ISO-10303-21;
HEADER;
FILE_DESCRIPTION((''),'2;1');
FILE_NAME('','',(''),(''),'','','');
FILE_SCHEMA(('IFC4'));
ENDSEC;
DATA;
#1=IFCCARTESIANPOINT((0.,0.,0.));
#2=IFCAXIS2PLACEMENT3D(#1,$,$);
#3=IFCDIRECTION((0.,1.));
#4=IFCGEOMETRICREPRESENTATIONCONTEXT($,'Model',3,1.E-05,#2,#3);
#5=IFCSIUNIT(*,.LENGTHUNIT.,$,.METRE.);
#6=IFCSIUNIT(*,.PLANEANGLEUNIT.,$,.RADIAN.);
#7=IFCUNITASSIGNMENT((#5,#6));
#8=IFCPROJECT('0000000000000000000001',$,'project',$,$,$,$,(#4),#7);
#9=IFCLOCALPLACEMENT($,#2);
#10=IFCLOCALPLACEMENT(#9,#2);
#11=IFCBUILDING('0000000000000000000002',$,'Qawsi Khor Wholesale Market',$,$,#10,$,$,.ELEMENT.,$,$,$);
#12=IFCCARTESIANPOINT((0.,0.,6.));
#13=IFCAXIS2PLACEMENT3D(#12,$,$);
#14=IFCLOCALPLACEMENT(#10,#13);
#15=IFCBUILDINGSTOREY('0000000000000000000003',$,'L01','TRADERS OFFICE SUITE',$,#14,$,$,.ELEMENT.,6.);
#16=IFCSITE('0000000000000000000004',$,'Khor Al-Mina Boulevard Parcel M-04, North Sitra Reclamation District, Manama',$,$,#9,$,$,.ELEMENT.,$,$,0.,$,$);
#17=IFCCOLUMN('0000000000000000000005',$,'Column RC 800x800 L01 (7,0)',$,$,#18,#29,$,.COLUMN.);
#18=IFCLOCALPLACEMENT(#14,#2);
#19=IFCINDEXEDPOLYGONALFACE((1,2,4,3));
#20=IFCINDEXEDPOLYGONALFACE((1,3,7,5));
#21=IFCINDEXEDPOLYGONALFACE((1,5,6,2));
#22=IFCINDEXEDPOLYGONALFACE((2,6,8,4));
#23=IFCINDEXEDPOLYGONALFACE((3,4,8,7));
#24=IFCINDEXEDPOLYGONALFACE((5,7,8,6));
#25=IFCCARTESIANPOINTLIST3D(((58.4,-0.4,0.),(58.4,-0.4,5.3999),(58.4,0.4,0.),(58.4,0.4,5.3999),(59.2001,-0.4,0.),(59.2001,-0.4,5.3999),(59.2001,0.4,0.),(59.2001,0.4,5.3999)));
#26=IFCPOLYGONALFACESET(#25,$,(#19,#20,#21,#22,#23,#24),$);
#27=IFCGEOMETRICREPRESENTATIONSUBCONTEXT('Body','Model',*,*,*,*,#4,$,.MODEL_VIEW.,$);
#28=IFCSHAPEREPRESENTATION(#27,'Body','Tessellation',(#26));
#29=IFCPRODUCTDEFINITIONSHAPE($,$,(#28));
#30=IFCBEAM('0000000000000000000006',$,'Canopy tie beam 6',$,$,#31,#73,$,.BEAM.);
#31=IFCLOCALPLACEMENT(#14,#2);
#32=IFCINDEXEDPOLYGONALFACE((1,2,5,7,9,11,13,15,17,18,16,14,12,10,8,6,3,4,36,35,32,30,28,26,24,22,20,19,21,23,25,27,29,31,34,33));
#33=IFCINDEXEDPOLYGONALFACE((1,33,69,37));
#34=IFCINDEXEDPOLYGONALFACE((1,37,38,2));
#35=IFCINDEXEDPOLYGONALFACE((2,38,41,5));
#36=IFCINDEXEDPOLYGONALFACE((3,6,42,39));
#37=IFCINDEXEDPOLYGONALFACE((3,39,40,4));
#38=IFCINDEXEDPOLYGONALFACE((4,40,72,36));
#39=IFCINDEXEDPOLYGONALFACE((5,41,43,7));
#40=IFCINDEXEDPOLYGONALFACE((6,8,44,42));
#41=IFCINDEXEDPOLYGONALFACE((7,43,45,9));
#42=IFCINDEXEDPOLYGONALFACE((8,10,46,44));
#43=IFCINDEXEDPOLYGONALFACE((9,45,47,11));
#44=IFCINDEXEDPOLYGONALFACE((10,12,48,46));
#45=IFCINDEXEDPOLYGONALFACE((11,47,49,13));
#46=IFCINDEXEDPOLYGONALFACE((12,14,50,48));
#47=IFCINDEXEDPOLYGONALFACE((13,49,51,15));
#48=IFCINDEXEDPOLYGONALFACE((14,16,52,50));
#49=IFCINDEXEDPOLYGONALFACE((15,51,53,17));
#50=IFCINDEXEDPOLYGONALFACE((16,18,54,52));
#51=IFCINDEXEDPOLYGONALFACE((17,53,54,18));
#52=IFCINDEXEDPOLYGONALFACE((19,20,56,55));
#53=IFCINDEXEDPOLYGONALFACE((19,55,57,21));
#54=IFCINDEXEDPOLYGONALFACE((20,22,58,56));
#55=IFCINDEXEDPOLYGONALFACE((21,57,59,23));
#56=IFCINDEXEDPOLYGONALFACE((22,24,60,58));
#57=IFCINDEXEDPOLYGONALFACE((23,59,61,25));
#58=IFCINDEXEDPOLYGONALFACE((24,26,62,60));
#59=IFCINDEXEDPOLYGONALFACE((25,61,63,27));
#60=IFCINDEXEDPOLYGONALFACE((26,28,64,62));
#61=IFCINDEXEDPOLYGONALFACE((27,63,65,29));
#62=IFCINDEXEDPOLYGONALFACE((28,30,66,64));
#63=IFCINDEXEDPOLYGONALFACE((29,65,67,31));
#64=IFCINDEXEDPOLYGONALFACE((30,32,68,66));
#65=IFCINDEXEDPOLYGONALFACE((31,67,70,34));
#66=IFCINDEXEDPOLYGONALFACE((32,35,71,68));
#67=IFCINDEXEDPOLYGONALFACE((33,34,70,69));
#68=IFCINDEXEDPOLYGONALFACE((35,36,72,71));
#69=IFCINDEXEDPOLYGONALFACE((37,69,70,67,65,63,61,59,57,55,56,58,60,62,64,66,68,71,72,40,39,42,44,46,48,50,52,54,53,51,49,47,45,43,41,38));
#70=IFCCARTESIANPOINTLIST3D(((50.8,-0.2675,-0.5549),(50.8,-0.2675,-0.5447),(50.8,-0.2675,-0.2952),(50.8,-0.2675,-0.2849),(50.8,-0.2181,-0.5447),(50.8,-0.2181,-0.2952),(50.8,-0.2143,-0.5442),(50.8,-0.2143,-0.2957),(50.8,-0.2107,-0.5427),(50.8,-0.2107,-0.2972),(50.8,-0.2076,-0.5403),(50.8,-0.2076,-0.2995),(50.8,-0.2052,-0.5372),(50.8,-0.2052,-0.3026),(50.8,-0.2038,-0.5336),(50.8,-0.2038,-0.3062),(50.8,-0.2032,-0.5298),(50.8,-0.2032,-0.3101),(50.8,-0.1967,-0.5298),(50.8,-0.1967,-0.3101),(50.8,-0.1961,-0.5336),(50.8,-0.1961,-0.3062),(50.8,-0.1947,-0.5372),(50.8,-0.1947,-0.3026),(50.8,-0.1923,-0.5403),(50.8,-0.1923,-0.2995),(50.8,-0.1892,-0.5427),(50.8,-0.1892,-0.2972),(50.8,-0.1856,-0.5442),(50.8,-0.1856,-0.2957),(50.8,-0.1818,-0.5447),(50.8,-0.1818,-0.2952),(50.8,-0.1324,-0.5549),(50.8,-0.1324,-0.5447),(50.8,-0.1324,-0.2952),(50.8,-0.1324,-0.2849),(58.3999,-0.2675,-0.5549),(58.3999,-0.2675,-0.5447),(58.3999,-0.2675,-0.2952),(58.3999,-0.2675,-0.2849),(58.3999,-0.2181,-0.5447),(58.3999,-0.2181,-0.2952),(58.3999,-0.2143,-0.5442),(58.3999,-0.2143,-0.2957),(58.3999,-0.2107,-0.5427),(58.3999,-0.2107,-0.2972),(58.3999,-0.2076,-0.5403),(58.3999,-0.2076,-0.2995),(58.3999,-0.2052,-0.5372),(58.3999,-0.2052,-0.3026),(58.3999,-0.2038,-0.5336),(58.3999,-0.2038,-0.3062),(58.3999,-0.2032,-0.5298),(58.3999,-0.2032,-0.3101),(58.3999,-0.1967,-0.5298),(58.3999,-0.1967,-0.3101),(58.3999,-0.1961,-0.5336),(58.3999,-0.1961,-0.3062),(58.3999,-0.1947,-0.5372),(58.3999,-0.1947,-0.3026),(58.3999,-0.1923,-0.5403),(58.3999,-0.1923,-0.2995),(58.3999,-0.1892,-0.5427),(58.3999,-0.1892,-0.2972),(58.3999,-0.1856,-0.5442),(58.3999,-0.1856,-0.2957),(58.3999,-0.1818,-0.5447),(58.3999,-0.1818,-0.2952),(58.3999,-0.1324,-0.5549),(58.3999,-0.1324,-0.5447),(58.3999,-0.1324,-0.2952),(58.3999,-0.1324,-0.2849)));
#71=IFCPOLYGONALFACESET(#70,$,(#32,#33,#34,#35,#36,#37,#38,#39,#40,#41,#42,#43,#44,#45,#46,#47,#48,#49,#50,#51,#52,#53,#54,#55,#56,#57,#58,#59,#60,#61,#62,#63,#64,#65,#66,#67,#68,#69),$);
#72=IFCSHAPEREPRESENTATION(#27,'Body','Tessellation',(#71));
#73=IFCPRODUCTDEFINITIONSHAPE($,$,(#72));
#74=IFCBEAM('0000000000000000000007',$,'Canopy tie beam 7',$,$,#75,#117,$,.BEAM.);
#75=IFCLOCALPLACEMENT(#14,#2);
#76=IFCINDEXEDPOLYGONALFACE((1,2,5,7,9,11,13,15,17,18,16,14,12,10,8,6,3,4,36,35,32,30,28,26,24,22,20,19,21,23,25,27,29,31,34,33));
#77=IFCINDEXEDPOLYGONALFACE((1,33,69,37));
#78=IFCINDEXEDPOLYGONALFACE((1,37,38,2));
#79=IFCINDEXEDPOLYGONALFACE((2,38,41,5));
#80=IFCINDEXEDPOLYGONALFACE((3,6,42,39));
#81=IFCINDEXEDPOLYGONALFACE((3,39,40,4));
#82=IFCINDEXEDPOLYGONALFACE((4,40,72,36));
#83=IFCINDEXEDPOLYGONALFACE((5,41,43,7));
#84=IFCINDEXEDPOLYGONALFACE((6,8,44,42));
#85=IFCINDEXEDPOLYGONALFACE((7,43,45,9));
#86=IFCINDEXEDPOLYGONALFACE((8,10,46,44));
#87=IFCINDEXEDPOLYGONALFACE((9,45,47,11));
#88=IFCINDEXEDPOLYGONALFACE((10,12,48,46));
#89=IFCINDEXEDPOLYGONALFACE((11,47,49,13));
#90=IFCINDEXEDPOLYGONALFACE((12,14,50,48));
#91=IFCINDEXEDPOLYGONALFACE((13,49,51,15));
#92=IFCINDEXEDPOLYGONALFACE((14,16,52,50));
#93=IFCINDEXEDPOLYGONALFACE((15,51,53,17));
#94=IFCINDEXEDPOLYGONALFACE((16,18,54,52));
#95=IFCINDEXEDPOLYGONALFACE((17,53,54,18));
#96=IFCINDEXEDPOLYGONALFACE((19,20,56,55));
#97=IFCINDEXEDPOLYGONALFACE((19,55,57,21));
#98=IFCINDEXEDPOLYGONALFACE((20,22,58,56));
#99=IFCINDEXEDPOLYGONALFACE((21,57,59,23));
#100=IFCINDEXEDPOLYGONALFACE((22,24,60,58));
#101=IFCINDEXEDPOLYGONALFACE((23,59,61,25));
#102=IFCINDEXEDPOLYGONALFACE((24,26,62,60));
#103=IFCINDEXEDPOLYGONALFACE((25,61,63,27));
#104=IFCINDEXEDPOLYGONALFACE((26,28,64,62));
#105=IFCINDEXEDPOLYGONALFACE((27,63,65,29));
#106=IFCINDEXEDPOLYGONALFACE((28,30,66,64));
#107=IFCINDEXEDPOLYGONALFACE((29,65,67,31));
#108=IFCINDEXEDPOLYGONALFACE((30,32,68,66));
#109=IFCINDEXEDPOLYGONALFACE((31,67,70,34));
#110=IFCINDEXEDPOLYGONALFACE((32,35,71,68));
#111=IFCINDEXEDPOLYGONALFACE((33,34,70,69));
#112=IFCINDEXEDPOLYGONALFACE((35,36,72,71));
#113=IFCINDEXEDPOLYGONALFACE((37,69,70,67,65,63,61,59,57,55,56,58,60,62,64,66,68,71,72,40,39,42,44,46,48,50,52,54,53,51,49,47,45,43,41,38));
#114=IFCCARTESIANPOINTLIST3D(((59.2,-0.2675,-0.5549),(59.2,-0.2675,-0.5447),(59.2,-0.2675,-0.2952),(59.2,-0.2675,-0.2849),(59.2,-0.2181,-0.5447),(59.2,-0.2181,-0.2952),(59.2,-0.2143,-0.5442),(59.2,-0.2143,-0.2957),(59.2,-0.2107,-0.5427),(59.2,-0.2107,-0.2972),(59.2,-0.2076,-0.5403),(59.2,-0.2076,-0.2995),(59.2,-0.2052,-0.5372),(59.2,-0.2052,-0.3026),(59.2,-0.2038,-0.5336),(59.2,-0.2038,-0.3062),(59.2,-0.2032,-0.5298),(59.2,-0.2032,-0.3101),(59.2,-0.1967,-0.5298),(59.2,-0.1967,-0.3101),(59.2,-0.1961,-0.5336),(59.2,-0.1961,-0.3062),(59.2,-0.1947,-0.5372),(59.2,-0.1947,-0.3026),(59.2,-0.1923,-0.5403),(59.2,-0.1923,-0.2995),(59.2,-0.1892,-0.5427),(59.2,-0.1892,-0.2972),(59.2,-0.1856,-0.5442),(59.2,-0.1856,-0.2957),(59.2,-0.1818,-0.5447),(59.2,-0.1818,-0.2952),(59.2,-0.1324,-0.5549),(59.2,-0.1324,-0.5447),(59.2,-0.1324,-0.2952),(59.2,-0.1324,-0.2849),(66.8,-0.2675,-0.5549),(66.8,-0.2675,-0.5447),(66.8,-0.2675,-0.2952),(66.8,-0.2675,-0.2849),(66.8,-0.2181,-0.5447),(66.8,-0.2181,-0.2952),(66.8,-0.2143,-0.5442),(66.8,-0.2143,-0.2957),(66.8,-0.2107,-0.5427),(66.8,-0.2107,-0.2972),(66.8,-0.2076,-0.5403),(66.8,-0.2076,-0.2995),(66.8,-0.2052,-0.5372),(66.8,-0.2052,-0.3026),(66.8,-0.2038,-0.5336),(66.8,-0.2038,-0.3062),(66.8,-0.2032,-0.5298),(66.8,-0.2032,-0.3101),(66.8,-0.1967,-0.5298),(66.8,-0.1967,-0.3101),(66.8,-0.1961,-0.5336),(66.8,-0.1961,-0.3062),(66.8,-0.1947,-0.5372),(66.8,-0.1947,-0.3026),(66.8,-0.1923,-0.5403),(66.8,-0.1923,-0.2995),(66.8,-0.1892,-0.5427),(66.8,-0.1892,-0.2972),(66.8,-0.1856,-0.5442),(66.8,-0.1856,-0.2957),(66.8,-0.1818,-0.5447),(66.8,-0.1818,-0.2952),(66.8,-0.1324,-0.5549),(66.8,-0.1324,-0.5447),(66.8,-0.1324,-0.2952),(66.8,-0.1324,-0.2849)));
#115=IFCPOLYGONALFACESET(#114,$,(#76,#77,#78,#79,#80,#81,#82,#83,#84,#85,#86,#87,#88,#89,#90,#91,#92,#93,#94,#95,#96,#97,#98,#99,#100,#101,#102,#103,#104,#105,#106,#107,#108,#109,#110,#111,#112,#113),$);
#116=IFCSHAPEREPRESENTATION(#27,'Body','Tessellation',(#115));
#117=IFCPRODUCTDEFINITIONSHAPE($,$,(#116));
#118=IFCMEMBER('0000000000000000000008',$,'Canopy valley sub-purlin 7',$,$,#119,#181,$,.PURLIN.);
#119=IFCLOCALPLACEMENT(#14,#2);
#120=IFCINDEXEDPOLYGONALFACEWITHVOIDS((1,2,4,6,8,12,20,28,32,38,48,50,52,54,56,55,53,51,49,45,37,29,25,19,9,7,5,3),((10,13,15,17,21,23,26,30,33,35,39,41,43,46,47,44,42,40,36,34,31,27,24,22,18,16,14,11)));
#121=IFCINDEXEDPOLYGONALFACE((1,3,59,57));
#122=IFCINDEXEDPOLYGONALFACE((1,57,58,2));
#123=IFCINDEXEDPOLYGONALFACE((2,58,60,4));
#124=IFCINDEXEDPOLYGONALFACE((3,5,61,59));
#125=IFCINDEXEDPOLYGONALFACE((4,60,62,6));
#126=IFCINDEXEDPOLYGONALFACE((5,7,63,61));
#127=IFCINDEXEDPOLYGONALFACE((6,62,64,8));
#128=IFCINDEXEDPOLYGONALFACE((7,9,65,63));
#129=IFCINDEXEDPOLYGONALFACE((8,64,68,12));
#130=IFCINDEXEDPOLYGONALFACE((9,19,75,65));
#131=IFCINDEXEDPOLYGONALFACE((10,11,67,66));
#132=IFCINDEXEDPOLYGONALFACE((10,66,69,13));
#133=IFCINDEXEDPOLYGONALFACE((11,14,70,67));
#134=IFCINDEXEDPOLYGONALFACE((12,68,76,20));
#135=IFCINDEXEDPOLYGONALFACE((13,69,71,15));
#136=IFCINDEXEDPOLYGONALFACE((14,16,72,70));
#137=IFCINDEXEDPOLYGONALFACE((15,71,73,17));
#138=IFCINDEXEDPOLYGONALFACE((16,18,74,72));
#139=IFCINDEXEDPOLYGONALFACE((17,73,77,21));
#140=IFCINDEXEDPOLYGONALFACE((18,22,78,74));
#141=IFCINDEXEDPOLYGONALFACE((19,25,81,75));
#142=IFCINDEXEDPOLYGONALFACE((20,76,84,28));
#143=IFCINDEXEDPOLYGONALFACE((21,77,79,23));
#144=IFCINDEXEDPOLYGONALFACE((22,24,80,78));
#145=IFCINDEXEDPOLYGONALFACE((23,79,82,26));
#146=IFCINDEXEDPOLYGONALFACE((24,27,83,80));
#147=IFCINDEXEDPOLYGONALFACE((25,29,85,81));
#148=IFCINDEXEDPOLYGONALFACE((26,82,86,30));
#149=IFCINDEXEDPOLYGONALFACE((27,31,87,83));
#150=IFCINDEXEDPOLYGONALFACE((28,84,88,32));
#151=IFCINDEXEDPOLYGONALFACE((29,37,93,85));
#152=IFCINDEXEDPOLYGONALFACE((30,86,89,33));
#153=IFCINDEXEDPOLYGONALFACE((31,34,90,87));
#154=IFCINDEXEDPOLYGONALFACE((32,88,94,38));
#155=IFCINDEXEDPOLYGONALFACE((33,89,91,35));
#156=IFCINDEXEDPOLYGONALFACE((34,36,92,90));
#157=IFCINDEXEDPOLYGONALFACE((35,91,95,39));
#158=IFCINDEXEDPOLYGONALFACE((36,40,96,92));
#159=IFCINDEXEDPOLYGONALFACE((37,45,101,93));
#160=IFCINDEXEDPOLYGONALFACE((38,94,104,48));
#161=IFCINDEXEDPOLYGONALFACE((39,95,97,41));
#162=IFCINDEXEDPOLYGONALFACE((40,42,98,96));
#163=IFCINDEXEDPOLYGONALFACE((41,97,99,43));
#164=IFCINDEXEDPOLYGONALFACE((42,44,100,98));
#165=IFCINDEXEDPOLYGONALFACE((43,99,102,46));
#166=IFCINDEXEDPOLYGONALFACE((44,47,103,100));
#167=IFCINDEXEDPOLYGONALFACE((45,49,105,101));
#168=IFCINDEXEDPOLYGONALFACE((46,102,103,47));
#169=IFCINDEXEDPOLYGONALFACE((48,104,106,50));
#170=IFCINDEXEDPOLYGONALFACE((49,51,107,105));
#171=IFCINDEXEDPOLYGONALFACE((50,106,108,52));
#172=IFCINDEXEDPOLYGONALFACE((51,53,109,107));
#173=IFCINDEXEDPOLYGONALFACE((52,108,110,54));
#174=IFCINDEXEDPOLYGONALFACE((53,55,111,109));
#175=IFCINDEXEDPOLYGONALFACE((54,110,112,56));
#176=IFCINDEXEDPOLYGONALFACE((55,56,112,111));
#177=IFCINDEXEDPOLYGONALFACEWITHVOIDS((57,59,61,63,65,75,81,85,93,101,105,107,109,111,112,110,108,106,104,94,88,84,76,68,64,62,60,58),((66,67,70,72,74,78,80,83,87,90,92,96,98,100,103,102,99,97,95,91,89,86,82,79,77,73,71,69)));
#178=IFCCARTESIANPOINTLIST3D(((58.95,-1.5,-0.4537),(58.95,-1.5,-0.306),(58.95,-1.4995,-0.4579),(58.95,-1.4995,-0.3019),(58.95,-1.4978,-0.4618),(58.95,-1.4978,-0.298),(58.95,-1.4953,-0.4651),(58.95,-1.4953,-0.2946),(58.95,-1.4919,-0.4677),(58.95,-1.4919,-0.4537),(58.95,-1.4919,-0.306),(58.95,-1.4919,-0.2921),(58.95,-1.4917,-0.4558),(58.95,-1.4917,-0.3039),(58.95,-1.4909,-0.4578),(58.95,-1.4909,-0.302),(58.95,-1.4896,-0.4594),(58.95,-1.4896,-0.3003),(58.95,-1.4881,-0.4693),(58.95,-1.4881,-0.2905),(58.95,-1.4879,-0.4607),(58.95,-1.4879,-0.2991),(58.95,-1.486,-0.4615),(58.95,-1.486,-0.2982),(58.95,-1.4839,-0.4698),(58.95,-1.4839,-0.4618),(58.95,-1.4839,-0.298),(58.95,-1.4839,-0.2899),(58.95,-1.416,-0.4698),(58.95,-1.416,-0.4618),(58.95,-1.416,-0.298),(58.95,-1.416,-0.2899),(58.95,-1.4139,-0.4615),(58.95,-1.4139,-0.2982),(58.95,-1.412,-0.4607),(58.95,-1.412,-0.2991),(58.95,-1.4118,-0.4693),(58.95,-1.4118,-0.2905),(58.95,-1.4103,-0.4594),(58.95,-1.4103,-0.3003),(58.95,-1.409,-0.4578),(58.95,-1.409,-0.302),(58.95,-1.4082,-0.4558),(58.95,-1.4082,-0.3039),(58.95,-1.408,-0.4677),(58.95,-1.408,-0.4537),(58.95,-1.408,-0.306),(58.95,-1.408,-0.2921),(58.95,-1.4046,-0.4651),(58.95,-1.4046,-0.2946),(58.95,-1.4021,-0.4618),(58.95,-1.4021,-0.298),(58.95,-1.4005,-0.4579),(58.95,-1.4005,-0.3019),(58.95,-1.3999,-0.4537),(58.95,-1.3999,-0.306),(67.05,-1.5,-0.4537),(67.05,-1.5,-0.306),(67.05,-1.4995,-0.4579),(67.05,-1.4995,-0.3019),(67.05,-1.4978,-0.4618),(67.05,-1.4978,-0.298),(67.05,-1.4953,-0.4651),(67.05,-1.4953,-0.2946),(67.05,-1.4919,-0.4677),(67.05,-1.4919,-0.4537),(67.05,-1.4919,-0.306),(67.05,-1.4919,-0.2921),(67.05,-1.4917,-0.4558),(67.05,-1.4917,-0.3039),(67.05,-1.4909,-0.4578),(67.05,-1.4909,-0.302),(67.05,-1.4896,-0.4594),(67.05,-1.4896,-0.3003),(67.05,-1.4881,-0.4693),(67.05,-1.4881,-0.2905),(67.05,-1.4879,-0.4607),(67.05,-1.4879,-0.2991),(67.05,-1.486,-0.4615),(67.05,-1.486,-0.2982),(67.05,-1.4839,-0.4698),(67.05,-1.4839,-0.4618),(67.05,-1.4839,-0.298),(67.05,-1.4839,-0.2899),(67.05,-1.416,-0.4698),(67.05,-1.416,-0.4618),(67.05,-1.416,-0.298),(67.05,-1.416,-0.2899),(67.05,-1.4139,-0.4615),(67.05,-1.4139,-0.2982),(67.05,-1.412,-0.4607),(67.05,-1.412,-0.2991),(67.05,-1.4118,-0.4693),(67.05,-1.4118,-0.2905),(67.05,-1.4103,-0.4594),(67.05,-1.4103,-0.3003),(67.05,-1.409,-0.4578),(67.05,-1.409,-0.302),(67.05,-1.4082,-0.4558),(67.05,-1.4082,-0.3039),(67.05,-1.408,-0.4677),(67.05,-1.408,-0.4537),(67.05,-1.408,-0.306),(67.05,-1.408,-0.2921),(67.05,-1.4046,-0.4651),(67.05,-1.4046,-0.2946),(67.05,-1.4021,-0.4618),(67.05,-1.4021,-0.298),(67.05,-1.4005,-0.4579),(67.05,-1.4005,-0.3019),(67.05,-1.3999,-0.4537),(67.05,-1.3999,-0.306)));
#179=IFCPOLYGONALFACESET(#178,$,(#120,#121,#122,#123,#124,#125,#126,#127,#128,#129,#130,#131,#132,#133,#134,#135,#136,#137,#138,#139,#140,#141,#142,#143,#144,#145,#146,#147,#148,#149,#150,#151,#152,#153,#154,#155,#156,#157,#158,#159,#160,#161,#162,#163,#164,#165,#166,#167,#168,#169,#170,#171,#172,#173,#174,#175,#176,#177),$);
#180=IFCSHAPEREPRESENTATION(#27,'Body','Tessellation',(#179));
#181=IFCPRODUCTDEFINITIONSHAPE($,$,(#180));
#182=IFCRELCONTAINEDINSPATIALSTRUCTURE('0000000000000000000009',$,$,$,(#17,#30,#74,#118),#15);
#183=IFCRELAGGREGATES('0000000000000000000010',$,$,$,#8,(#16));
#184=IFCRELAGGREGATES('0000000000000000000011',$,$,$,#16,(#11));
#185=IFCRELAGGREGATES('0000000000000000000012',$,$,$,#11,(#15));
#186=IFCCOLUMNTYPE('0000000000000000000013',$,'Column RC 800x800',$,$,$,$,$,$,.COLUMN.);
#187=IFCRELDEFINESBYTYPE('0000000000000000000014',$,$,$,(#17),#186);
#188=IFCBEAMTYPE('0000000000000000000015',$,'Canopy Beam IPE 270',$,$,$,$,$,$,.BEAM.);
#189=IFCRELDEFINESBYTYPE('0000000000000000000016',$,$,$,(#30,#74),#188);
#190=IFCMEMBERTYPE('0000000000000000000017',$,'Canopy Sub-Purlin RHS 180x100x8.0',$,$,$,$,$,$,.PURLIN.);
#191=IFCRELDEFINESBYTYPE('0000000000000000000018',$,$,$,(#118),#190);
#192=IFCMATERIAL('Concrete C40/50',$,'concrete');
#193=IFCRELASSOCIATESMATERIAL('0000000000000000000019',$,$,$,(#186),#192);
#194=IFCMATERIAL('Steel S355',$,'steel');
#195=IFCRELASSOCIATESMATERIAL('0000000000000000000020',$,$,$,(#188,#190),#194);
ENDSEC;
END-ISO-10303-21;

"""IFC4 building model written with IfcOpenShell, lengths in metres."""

from ifc_helpers import new_model, si_unit, direction, frame, origin, origin_2d, place, context, subcontext, project, spatial, rectangle, hollow_rectangle, i_section, extrude, material, material_profile, profile_set, type_object, element, save


model = new_model("IFC4")

# Units and contexts
model_context = context("Model", 3, precision=1e-05, world=origin(), true_north=direction((0.0, 1.0)))
body_context = subcontext(model_context, "Body", "Model", "MODEL_VIEW")
ifc_project = project(units=[si_unit("LENGTHUNIT", "METRE"), si_unit("PLANEANGLEUNIT", "RADIAN")], contexts=[model_context])

# Site, building, storey
site_placement = place(None, origin())
site = spatial("IfcSite", under=ifc_project, at=site_placement, Name="Khor Al-Mina Boulevard Parcel M-04, North Sitra Reclamation District, Manama", CompositionType="ELEMENT", RefElevation=0.0)
building_placement = place(site_placement, origin())
building = spatial("IfcBuilding", under=site, at=building_placement, Name="Qawsi Khor Wholesale Market", CompositionType="ELEMENT")
storey_placement = place(building_placement, frame((0.0, 0.0, 6.0)))
storey = spatial("IfcBuildingStorey", under=building, at=storey_placement, Name="L01", Description="TRADERS OFFICE SUITE", CompositionType="ELEMENT", Elevation=6.0)

# Column
ifc_material_1 = material(Name="Concrete C40/50", Category="concrete")
ifc_material_profile_1 = material_profile(ifc_material_1, rectangle(XDim=0.8, YDim=0.8, at=origin_2d()), Name="RC 800x800")
ifc_profile_set_1 = profile_set([ifc_material_profile_1], Name="Concrete C40/50")
column_type = type_object("IfcColumnType", Name="Column RC 800x800", PredefinedType="COLUMN", material=ifc_profile_set_1)
column_placement = place(storey_placement, frame((58.8, 0.0, 0.0), z_axis=(0.0, 0.0, 1.0), x_axis=(1.0, 0.0, 0.0)))
element("IfcColumn", 1, at=column_placement, inside=storey, type_object=column_type, Name="Column RC 800x800 L01 (7,0)", PredefinedType="COLUMN", context=body_context, shape_type="SweptSolid", body=[
    extrude(rectangle(XDim=0.8, YDim=0.8, at=origin_2d()), origin(), (0.0, 0.0, 1.0), 5.3999),
])

# Beams
ifc_material_2 = material(Name="Steel S355", Category="steel")
ifc_material_profile_2 = material_profile(ifc_material_2, i_section(OverallWidth=0.135, OverallDepth=0.27, WebThickness=0.0066, FlangeThickness=0.0103, FilletRadius=0.0149, at=origin_2d()), Name="IPE 270")
ifc_profile_set_2 = profile_set([ifc_material_profile_2], Name="Steel S355")
beam_type_1 = type_object("IfcBeamType", Name="Canopy Beam IPE 270", PredefinedType="BEAM", material=ifc_profile_set_2)
beam_1_placement = place(storey_placement, frame((50.8, -0.2, -0.4199), z_axis=(1.0, 0.0, 0.0), x_axis=(0.0, 1.0, 0.0)))
element("IfcBeam", 2, at=beam_1_placement, inside=storey, type_object=beam_type_1, Name="Canopy tie beam 6", PredefinedType="BEAM", context=body_context, shape_type="SweptSolid", body=[
    extrude(i_section(OverallWidth=0.135, OverallDepth=0.27, WebThickness=0.0066, FlangeThickness=0.0103, FilletRadius=0.0149, at=origin_2d()), origin(), (0.0, 0.0, 1.0), 7.5999),
])
beam_2_placement = place(storey_placement, frame((59.2, -0.2, -0.4199), z_axis=(1.0, 0.0, 0.0), x_axis=(0.0, 1.0, 0.0)))
element("IfcBeam", 3, at=beam_2_placement, inside=storey, type_object=beam_type_1, Name="Canopy tie beam 7", PredefinedType="BEAM", context=body_context, shape_type="SweptSolid", body=[
    extrude(i_section(OverallWidth=0.135, OverallDepth=0.27, WebThickness=0.0066, FlangeThickness=0.0103, FilletRadius=0.0149, at=origin_2d()), origin(), (0.0, 0.0, 1.0), 7.6001),
])

# Member
ifc_material_profile_3 = material_profile(ifc_material_2, hollow_rectangle(XDim=0.1001, YDim=0.1799, WallThickness=0.0081, InnerFilletRadius=0.0081, OuterFilletRadius=0.0161, at=origin_2d()), Name="RHS 180x100x8.0")
ifc_profile_set_3 = profile_set([ifc_material_profile_3], Name="Steel S355")
member_type = type_object("IfcMemberType", Name="Canopy Sub-Purlin RHS 180x100x8.0", PredefinedType="PURLIN", material=ifc_profile_set_3)
member_placement = place(storey_placement, frame((58.95, -1.45, -0.3799), z_axis=(1.0, 0.0, 0.0), x_axis=(0.0, 1.0, 0.0)))
element("IfcMember", 4, at=member_placement, inside=storey, type_object=member_type, Name="Canopy valley sub-purlin 7", PredefinedType="PURLIN", context=body_context, shape_type="SweptSolid", body=[
    extrude(hollow_rectangle(XDim=0.1001, YDim=0.1799, WallThickness=0.0081, InnerFilletRadius=0.0081, OuterFilletRadius=0.0161, at=origin_2d()), origin(), (0.0, 0.0, 1.0), 8.1001),
])

save(model, "model.ifc")
